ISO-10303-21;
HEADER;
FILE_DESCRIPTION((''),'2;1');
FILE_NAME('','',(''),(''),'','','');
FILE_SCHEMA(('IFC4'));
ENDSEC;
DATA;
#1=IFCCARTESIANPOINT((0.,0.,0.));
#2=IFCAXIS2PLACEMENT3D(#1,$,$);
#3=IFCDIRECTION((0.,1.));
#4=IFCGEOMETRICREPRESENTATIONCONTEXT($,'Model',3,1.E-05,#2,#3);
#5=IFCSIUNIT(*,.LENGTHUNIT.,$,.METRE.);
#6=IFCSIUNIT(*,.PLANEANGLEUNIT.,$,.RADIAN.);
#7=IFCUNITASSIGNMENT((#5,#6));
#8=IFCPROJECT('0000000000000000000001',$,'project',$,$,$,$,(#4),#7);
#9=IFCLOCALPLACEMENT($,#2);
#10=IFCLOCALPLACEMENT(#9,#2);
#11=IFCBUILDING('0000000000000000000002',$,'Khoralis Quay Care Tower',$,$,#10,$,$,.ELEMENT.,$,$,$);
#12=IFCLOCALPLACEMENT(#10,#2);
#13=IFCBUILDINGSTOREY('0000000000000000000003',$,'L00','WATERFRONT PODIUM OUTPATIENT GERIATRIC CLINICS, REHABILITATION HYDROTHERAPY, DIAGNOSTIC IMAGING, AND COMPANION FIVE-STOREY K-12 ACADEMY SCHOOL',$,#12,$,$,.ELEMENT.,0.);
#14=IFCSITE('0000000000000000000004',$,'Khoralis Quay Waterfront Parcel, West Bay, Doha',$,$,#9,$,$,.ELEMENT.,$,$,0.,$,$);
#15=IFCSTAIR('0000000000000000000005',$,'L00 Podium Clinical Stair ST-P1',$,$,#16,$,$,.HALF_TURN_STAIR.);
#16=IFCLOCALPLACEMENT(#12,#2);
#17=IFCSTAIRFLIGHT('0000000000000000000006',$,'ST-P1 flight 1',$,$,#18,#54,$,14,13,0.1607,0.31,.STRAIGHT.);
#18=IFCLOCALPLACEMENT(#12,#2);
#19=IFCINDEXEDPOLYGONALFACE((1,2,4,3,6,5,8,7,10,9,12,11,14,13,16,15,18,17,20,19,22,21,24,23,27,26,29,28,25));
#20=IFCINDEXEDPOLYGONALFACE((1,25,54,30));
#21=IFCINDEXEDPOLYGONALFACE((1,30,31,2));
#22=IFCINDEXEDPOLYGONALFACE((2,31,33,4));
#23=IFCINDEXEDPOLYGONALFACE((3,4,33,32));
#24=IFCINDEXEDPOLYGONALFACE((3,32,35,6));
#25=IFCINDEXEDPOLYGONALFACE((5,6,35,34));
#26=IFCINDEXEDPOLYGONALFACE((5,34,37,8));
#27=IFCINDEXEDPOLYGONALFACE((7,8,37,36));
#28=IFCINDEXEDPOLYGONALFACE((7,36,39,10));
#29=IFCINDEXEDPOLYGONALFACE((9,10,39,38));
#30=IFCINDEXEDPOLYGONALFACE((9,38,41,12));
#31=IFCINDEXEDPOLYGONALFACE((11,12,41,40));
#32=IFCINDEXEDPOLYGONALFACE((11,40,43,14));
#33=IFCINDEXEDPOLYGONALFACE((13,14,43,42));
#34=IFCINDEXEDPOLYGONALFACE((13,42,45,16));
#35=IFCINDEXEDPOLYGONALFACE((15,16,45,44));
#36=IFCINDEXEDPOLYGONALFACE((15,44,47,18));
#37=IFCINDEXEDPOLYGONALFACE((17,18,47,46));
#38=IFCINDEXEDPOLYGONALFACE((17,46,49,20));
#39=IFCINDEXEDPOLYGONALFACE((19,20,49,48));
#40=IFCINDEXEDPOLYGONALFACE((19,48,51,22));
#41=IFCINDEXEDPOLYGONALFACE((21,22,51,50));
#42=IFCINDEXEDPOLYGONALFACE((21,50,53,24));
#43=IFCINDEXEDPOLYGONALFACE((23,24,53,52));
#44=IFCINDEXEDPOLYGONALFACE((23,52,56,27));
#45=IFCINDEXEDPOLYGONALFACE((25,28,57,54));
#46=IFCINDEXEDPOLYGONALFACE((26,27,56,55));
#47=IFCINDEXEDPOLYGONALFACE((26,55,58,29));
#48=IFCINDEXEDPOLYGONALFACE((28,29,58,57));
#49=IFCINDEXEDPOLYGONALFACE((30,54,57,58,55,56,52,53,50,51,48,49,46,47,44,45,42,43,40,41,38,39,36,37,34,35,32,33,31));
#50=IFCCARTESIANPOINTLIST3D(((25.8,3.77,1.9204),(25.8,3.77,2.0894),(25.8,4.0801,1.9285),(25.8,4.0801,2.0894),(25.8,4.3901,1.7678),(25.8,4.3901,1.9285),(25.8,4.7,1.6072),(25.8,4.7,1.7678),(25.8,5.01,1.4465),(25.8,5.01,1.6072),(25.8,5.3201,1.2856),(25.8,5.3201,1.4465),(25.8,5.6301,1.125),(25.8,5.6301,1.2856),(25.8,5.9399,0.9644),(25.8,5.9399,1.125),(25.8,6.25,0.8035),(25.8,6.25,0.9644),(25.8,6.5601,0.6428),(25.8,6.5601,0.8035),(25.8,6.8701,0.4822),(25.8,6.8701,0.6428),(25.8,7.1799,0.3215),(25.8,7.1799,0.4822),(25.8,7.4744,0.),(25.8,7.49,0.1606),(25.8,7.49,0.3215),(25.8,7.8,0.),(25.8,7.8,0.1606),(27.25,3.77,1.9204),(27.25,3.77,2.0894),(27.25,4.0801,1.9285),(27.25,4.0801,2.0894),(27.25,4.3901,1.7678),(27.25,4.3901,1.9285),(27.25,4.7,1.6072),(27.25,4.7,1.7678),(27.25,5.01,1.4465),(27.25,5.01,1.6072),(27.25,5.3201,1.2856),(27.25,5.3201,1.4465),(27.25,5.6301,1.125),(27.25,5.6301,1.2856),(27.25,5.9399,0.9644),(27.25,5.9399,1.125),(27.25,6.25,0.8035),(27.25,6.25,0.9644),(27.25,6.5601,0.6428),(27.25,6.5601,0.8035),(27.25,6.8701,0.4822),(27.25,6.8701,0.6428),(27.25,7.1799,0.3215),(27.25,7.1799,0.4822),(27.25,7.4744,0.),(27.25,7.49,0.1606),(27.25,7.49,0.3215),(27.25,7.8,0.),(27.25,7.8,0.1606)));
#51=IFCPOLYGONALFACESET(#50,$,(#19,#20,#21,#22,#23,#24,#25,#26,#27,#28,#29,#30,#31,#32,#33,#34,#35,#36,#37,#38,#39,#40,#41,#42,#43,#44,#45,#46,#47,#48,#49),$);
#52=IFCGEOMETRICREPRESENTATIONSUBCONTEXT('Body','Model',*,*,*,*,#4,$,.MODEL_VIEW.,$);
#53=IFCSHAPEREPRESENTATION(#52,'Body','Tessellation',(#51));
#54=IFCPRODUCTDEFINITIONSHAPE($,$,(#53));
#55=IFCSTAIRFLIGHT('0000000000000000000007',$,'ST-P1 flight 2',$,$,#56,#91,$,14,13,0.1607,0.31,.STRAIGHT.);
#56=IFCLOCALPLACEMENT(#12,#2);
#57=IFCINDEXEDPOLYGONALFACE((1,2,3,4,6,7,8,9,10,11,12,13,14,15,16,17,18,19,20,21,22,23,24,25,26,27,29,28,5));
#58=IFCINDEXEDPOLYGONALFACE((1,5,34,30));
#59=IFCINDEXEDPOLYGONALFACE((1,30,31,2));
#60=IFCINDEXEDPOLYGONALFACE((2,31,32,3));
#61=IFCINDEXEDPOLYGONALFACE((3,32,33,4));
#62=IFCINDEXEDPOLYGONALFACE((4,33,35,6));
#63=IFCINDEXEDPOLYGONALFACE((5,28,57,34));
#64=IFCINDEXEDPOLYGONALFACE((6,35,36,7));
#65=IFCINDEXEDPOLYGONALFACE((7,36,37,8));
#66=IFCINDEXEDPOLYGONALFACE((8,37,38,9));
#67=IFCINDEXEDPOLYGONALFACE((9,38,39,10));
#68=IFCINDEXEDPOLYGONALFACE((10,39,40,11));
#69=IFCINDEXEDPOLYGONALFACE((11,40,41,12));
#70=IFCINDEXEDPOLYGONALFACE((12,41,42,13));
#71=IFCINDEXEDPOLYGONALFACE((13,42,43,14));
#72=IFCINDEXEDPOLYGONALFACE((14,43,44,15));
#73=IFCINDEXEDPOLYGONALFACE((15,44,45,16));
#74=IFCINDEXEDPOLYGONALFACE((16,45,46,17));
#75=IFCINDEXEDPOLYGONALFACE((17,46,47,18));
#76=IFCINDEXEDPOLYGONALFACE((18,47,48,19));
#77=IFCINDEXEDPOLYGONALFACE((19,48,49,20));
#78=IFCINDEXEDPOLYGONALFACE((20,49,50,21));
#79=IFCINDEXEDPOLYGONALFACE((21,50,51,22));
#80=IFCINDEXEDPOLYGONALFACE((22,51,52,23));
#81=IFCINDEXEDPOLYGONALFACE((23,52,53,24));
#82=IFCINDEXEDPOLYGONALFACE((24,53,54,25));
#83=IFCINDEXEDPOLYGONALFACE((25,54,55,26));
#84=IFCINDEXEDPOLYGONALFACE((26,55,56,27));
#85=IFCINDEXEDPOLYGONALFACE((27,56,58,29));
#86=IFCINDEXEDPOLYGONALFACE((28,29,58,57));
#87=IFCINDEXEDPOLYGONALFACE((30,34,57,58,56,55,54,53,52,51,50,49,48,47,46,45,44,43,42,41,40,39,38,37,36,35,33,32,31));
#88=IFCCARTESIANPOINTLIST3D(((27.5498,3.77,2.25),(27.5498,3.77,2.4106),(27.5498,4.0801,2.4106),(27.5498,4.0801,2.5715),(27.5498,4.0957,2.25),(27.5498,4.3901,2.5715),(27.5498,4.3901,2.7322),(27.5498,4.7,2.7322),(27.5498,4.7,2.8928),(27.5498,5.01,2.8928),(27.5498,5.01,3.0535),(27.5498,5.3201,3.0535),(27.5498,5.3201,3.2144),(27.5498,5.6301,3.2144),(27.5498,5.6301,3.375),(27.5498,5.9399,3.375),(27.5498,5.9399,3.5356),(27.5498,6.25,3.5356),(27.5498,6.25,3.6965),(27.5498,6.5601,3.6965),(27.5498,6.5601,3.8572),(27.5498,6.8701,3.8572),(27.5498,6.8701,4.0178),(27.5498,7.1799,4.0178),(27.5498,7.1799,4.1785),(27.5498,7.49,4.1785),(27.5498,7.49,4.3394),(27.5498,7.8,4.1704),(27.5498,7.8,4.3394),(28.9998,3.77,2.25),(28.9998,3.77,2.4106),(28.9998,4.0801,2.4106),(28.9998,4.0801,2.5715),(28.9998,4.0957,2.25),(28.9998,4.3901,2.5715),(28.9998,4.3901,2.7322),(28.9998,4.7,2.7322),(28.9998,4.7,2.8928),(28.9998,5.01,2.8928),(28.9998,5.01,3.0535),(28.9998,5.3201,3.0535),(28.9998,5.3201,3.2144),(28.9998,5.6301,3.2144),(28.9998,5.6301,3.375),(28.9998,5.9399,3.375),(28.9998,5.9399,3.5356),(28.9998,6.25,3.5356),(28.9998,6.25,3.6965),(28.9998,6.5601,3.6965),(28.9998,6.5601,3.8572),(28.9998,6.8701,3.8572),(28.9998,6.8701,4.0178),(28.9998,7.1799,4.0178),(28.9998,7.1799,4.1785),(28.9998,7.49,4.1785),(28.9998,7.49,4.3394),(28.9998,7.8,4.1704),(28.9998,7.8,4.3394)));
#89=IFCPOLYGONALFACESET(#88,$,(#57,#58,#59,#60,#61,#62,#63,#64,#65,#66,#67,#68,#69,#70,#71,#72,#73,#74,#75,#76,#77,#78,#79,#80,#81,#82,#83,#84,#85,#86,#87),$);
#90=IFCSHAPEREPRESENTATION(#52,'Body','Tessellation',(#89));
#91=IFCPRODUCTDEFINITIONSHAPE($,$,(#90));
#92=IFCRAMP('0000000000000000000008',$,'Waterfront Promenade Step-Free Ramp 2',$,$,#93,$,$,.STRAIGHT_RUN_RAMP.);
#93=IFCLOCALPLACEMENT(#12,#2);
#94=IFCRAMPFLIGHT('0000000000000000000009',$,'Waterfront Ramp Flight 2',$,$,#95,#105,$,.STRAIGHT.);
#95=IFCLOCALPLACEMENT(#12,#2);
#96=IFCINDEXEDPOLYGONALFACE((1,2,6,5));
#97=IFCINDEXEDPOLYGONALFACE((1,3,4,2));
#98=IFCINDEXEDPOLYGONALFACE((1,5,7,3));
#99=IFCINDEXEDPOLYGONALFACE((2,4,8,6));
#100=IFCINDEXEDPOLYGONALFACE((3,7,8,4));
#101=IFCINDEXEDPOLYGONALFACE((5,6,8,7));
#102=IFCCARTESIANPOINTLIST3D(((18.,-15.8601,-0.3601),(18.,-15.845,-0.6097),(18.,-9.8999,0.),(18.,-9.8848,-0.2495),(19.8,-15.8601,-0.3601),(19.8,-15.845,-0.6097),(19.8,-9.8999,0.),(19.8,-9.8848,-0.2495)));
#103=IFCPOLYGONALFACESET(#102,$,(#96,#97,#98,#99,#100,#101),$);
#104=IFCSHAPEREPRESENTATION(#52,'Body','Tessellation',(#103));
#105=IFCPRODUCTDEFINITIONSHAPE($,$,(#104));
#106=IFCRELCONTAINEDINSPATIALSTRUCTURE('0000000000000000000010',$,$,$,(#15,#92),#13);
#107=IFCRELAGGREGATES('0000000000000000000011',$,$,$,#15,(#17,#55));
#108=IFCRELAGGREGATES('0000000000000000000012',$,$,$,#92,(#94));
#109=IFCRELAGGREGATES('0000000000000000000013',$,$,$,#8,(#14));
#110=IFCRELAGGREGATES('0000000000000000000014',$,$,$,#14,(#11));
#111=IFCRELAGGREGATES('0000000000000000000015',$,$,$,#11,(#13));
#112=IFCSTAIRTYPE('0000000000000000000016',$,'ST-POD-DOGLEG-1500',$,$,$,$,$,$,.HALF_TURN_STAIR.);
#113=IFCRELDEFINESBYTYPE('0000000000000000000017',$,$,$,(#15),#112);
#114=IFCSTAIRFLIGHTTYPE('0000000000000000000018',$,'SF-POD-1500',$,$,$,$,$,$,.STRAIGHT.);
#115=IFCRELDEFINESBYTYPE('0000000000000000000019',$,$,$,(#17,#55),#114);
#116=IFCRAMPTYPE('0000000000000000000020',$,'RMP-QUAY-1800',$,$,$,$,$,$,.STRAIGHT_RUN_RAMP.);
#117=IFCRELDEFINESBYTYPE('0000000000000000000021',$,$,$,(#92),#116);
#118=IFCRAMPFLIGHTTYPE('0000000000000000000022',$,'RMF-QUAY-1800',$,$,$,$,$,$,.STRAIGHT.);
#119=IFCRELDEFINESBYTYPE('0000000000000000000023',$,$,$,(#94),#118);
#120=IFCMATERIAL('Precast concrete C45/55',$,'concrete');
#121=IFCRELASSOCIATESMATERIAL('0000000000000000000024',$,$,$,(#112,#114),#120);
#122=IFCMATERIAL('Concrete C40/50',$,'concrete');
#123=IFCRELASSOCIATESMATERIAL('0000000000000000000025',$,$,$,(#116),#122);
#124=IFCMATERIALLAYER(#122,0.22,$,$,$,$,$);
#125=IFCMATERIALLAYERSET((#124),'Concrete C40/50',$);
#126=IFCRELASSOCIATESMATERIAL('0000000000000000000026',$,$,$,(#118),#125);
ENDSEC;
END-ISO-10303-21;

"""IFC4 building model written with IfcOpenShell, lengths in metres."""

from ifc_helpers import new_model, si_unit, direction, frame, origin, place, context, subcontext, project, spatial, polyline, outline, extrude, source, transform, mapped, material, layer, layer_set, type_object, element, aggregate, save


model = new_model("IFC4")

# Units and contexts
model_context = context("Model", 3, precision=1e-05, world=origin(), true_north=direction((0.0, 1.0)))
body_context = subcontext(model_context, "Body", "Model", "MODEL_VIEW")
ifc_project = project(units=[si_unit("LENGTHUNIT", "METRE"), si_unit("PLANEANGLEUNIT", "RADIAN")], contexts=[model_context])

# Site, building, storey
site_placement = place(None, origin())
site = spatial("IfcSite", under=ifc_project, at=site_placement, Name="Khoralis Quay Waterfront Parcel, West Bay, Doha", CompositionType="ELEMENT", RefElevation=0.0)
building_placement = place(site_placement, origin())
building = spatial("IfcBuilding", under=site, at=building_placement, Name="Khoralis Quay Care Tower", CompositionType="ELEMENT")
storey_placement = place(building_placement, origin())
storey = spatial("IfcBuildingStorey", under=building, at=storey_placement, Name="L00", Description="WATERFRONT PODIUM OUTPATIENT GERIATRIC CLINICS, REHABILITATION HYDROTHERAPY, DIAGNOSTIC IMAGING, AND COMPANION FIVE-STOREY K-12 ACADEMY SCHOOL", CompositionType="ELEMENT", Elevation=0.0)

# Shared definitions
ifc_material_1 = material(Name="Concrete C40/50", Category="concrete")

# Stair, stair flights
ifc_material_2 = material(Name="Precast concrete C45/55", Category="concrete")
stair_type = type_object("IfcStairType", Name="ST-POD-DOGLEG-1500", PredefinedType="HALF_TURN_STAIR", material=ifc_material_2)
stair_placement = place(storey_placement, origin())
stair = element("IfcStair", 1, at=stair_placement, inside=storey, type_object=stair_type, Name="L00 Podium Clinical Stair ST-P1", PredefinedType="HALF_TURN_STAIR")
stair_flight_type = type_object("IfcStairFlightType", Name="SF-POD-1500", PredefinedType="STRAIGHT", material=ifc_material_2)
shared_shape_1 = source(origin(), body_context, "Body", "SweptSolid", [
    extrude(outline(polyline([(0.0, 0.0), (0.0, 0.1606), (0.3101, 0.1606), (0.3101, 0.3215), (0.6201, 0.3215), (0.6201, 0.4822), (0.9299, 0.4822), (0.9299, 0.6428), (1.24, 0.6428), (1.24, 0.8035), (1.55, 0.8035), (1.55, 0.9644), (1.8601, 0.9644), (1.8601, 1.125), (2.1699, 1.125), (2.1699, 1.2856), (2.48, 1.2856), (2.48, 1.4465), (2.79, 1.4465), (2.79, 1.6072), (3.1001, 1.6072), (3.1001, 1.7678), (3.4099, 1.7678), (3.4099, 1.9285), (3.72, 1.9285), (3.72, 2.0894), (4.03, 2.0894), (4.03, 2.25), (4.03, 1.9204), (0.3257, 0.0), (0.0, 0.0)])), frame((0.0, 0.7251, 0.0), z_axis=(0.0, -1.0, 0.0), x_axis=(1.0, 0.0, 0.0)), (0.0, 0.0, 1.0), 1.45),
])
stair_flight_1_placement = place(storey_placement, frame((26.5249, 7.8, 0.0), z_axis=(0.0, 0.0, 1.0), x_axis=(0.0, -1.0, 0.0)))
stair_flight_1 = element("IfcStairFlight", 2, at=stair_flight_1_placement, type_object=stair_flight_type, Name="ST-P1 flight 1", NumberOfRisers=14, NumberOfTreads=13, PredefinedType="STRAIGHT", RiserHeight=0.1607, TreadLength=0.31, context=body_context, shape_type="MappedRepresentation", body=[
    mapped(shared_shape_1, transform((0.0, 0.0, 0.0), scale=1.0)),
])
stair_flight_2_placement = place(storey_placement, frame((28.2749, 3.77, 2.25), z_axis=(0.0, 0.0, 1.0), x_axis=(0.0, 1.0, 0.0)))
stair_flight_2 = element("IfcStairFlight", 3, at=stair_flight_2_placement, type_object=stair_flight_type, Name="ST-P1 flight 2", NumberOfRisers=14, NumberOfTreads=13, PredefinedType="STRAIGHT", RiserHeight=0.1607, TreadLength=0.31, context=body_context, shape_type="MappedRepresentation", body=[
    mapped(shared_shape_1, transform((0.0, 0.0, 0.0), scale=1.0)),
])
aggregate(stair, [stair_flight_1, stair_flight_2])

# Ramp, ramp flight
ramp_type = type_object("IfcRampType", Name="RMP-QUAY-1800", PredefinedType="STRAIGHT_RUN_RAMP", material=ifc_material_1)
ramp_placement = place(storey_placement, origin())
ramp = element("IfcRamp", 4, at=ramp_placement, inside=storey, type_object=ramp_type, Name="Waterfront Promenade Step-Free Ramp 2", PredefinedType="STRAIGHT_RUN_RAMP")
ifc_layer_1 = layer(ifc_material_1, 0.22)
ifc_layer_set_1 = layer_set([ifc_layer_1], Name="Concrete C40/50")
ramp_flight_type = type_object("IfcRampFlightType", Name="RMF-QUAY-1800", PredefinedType="STRAIGHT", material=ifc_layer_set_1)
ramp_flight_placement = place(storey_placement, frame((18.0, -15.8601, -0.3601), z_axis=(0.0, -0.060309, 0.99818), x_axis=(1.0, 0.0, 0.0)))
ramp_flight = element("IfcRampFlight", 5, at=ramp_flight_placement, type_object=ramp_flight_type, Name="Waterfront Ramp Flight 2", PredefinedType="STRAIGHT", context=body_context, shape_type="SweptSolid", body=[
    extrude(outline(polyline([(0.0, 0.0), (1.8, 0.0), (1.8, 5.9711), (0.0, 5.9711), (0.0, 0.0)])), origin(), (0.0, 0.0, -1.0), 0.25),
])
aggregate(ramp, [ramp_flight])

save(model, "model.ifc")
